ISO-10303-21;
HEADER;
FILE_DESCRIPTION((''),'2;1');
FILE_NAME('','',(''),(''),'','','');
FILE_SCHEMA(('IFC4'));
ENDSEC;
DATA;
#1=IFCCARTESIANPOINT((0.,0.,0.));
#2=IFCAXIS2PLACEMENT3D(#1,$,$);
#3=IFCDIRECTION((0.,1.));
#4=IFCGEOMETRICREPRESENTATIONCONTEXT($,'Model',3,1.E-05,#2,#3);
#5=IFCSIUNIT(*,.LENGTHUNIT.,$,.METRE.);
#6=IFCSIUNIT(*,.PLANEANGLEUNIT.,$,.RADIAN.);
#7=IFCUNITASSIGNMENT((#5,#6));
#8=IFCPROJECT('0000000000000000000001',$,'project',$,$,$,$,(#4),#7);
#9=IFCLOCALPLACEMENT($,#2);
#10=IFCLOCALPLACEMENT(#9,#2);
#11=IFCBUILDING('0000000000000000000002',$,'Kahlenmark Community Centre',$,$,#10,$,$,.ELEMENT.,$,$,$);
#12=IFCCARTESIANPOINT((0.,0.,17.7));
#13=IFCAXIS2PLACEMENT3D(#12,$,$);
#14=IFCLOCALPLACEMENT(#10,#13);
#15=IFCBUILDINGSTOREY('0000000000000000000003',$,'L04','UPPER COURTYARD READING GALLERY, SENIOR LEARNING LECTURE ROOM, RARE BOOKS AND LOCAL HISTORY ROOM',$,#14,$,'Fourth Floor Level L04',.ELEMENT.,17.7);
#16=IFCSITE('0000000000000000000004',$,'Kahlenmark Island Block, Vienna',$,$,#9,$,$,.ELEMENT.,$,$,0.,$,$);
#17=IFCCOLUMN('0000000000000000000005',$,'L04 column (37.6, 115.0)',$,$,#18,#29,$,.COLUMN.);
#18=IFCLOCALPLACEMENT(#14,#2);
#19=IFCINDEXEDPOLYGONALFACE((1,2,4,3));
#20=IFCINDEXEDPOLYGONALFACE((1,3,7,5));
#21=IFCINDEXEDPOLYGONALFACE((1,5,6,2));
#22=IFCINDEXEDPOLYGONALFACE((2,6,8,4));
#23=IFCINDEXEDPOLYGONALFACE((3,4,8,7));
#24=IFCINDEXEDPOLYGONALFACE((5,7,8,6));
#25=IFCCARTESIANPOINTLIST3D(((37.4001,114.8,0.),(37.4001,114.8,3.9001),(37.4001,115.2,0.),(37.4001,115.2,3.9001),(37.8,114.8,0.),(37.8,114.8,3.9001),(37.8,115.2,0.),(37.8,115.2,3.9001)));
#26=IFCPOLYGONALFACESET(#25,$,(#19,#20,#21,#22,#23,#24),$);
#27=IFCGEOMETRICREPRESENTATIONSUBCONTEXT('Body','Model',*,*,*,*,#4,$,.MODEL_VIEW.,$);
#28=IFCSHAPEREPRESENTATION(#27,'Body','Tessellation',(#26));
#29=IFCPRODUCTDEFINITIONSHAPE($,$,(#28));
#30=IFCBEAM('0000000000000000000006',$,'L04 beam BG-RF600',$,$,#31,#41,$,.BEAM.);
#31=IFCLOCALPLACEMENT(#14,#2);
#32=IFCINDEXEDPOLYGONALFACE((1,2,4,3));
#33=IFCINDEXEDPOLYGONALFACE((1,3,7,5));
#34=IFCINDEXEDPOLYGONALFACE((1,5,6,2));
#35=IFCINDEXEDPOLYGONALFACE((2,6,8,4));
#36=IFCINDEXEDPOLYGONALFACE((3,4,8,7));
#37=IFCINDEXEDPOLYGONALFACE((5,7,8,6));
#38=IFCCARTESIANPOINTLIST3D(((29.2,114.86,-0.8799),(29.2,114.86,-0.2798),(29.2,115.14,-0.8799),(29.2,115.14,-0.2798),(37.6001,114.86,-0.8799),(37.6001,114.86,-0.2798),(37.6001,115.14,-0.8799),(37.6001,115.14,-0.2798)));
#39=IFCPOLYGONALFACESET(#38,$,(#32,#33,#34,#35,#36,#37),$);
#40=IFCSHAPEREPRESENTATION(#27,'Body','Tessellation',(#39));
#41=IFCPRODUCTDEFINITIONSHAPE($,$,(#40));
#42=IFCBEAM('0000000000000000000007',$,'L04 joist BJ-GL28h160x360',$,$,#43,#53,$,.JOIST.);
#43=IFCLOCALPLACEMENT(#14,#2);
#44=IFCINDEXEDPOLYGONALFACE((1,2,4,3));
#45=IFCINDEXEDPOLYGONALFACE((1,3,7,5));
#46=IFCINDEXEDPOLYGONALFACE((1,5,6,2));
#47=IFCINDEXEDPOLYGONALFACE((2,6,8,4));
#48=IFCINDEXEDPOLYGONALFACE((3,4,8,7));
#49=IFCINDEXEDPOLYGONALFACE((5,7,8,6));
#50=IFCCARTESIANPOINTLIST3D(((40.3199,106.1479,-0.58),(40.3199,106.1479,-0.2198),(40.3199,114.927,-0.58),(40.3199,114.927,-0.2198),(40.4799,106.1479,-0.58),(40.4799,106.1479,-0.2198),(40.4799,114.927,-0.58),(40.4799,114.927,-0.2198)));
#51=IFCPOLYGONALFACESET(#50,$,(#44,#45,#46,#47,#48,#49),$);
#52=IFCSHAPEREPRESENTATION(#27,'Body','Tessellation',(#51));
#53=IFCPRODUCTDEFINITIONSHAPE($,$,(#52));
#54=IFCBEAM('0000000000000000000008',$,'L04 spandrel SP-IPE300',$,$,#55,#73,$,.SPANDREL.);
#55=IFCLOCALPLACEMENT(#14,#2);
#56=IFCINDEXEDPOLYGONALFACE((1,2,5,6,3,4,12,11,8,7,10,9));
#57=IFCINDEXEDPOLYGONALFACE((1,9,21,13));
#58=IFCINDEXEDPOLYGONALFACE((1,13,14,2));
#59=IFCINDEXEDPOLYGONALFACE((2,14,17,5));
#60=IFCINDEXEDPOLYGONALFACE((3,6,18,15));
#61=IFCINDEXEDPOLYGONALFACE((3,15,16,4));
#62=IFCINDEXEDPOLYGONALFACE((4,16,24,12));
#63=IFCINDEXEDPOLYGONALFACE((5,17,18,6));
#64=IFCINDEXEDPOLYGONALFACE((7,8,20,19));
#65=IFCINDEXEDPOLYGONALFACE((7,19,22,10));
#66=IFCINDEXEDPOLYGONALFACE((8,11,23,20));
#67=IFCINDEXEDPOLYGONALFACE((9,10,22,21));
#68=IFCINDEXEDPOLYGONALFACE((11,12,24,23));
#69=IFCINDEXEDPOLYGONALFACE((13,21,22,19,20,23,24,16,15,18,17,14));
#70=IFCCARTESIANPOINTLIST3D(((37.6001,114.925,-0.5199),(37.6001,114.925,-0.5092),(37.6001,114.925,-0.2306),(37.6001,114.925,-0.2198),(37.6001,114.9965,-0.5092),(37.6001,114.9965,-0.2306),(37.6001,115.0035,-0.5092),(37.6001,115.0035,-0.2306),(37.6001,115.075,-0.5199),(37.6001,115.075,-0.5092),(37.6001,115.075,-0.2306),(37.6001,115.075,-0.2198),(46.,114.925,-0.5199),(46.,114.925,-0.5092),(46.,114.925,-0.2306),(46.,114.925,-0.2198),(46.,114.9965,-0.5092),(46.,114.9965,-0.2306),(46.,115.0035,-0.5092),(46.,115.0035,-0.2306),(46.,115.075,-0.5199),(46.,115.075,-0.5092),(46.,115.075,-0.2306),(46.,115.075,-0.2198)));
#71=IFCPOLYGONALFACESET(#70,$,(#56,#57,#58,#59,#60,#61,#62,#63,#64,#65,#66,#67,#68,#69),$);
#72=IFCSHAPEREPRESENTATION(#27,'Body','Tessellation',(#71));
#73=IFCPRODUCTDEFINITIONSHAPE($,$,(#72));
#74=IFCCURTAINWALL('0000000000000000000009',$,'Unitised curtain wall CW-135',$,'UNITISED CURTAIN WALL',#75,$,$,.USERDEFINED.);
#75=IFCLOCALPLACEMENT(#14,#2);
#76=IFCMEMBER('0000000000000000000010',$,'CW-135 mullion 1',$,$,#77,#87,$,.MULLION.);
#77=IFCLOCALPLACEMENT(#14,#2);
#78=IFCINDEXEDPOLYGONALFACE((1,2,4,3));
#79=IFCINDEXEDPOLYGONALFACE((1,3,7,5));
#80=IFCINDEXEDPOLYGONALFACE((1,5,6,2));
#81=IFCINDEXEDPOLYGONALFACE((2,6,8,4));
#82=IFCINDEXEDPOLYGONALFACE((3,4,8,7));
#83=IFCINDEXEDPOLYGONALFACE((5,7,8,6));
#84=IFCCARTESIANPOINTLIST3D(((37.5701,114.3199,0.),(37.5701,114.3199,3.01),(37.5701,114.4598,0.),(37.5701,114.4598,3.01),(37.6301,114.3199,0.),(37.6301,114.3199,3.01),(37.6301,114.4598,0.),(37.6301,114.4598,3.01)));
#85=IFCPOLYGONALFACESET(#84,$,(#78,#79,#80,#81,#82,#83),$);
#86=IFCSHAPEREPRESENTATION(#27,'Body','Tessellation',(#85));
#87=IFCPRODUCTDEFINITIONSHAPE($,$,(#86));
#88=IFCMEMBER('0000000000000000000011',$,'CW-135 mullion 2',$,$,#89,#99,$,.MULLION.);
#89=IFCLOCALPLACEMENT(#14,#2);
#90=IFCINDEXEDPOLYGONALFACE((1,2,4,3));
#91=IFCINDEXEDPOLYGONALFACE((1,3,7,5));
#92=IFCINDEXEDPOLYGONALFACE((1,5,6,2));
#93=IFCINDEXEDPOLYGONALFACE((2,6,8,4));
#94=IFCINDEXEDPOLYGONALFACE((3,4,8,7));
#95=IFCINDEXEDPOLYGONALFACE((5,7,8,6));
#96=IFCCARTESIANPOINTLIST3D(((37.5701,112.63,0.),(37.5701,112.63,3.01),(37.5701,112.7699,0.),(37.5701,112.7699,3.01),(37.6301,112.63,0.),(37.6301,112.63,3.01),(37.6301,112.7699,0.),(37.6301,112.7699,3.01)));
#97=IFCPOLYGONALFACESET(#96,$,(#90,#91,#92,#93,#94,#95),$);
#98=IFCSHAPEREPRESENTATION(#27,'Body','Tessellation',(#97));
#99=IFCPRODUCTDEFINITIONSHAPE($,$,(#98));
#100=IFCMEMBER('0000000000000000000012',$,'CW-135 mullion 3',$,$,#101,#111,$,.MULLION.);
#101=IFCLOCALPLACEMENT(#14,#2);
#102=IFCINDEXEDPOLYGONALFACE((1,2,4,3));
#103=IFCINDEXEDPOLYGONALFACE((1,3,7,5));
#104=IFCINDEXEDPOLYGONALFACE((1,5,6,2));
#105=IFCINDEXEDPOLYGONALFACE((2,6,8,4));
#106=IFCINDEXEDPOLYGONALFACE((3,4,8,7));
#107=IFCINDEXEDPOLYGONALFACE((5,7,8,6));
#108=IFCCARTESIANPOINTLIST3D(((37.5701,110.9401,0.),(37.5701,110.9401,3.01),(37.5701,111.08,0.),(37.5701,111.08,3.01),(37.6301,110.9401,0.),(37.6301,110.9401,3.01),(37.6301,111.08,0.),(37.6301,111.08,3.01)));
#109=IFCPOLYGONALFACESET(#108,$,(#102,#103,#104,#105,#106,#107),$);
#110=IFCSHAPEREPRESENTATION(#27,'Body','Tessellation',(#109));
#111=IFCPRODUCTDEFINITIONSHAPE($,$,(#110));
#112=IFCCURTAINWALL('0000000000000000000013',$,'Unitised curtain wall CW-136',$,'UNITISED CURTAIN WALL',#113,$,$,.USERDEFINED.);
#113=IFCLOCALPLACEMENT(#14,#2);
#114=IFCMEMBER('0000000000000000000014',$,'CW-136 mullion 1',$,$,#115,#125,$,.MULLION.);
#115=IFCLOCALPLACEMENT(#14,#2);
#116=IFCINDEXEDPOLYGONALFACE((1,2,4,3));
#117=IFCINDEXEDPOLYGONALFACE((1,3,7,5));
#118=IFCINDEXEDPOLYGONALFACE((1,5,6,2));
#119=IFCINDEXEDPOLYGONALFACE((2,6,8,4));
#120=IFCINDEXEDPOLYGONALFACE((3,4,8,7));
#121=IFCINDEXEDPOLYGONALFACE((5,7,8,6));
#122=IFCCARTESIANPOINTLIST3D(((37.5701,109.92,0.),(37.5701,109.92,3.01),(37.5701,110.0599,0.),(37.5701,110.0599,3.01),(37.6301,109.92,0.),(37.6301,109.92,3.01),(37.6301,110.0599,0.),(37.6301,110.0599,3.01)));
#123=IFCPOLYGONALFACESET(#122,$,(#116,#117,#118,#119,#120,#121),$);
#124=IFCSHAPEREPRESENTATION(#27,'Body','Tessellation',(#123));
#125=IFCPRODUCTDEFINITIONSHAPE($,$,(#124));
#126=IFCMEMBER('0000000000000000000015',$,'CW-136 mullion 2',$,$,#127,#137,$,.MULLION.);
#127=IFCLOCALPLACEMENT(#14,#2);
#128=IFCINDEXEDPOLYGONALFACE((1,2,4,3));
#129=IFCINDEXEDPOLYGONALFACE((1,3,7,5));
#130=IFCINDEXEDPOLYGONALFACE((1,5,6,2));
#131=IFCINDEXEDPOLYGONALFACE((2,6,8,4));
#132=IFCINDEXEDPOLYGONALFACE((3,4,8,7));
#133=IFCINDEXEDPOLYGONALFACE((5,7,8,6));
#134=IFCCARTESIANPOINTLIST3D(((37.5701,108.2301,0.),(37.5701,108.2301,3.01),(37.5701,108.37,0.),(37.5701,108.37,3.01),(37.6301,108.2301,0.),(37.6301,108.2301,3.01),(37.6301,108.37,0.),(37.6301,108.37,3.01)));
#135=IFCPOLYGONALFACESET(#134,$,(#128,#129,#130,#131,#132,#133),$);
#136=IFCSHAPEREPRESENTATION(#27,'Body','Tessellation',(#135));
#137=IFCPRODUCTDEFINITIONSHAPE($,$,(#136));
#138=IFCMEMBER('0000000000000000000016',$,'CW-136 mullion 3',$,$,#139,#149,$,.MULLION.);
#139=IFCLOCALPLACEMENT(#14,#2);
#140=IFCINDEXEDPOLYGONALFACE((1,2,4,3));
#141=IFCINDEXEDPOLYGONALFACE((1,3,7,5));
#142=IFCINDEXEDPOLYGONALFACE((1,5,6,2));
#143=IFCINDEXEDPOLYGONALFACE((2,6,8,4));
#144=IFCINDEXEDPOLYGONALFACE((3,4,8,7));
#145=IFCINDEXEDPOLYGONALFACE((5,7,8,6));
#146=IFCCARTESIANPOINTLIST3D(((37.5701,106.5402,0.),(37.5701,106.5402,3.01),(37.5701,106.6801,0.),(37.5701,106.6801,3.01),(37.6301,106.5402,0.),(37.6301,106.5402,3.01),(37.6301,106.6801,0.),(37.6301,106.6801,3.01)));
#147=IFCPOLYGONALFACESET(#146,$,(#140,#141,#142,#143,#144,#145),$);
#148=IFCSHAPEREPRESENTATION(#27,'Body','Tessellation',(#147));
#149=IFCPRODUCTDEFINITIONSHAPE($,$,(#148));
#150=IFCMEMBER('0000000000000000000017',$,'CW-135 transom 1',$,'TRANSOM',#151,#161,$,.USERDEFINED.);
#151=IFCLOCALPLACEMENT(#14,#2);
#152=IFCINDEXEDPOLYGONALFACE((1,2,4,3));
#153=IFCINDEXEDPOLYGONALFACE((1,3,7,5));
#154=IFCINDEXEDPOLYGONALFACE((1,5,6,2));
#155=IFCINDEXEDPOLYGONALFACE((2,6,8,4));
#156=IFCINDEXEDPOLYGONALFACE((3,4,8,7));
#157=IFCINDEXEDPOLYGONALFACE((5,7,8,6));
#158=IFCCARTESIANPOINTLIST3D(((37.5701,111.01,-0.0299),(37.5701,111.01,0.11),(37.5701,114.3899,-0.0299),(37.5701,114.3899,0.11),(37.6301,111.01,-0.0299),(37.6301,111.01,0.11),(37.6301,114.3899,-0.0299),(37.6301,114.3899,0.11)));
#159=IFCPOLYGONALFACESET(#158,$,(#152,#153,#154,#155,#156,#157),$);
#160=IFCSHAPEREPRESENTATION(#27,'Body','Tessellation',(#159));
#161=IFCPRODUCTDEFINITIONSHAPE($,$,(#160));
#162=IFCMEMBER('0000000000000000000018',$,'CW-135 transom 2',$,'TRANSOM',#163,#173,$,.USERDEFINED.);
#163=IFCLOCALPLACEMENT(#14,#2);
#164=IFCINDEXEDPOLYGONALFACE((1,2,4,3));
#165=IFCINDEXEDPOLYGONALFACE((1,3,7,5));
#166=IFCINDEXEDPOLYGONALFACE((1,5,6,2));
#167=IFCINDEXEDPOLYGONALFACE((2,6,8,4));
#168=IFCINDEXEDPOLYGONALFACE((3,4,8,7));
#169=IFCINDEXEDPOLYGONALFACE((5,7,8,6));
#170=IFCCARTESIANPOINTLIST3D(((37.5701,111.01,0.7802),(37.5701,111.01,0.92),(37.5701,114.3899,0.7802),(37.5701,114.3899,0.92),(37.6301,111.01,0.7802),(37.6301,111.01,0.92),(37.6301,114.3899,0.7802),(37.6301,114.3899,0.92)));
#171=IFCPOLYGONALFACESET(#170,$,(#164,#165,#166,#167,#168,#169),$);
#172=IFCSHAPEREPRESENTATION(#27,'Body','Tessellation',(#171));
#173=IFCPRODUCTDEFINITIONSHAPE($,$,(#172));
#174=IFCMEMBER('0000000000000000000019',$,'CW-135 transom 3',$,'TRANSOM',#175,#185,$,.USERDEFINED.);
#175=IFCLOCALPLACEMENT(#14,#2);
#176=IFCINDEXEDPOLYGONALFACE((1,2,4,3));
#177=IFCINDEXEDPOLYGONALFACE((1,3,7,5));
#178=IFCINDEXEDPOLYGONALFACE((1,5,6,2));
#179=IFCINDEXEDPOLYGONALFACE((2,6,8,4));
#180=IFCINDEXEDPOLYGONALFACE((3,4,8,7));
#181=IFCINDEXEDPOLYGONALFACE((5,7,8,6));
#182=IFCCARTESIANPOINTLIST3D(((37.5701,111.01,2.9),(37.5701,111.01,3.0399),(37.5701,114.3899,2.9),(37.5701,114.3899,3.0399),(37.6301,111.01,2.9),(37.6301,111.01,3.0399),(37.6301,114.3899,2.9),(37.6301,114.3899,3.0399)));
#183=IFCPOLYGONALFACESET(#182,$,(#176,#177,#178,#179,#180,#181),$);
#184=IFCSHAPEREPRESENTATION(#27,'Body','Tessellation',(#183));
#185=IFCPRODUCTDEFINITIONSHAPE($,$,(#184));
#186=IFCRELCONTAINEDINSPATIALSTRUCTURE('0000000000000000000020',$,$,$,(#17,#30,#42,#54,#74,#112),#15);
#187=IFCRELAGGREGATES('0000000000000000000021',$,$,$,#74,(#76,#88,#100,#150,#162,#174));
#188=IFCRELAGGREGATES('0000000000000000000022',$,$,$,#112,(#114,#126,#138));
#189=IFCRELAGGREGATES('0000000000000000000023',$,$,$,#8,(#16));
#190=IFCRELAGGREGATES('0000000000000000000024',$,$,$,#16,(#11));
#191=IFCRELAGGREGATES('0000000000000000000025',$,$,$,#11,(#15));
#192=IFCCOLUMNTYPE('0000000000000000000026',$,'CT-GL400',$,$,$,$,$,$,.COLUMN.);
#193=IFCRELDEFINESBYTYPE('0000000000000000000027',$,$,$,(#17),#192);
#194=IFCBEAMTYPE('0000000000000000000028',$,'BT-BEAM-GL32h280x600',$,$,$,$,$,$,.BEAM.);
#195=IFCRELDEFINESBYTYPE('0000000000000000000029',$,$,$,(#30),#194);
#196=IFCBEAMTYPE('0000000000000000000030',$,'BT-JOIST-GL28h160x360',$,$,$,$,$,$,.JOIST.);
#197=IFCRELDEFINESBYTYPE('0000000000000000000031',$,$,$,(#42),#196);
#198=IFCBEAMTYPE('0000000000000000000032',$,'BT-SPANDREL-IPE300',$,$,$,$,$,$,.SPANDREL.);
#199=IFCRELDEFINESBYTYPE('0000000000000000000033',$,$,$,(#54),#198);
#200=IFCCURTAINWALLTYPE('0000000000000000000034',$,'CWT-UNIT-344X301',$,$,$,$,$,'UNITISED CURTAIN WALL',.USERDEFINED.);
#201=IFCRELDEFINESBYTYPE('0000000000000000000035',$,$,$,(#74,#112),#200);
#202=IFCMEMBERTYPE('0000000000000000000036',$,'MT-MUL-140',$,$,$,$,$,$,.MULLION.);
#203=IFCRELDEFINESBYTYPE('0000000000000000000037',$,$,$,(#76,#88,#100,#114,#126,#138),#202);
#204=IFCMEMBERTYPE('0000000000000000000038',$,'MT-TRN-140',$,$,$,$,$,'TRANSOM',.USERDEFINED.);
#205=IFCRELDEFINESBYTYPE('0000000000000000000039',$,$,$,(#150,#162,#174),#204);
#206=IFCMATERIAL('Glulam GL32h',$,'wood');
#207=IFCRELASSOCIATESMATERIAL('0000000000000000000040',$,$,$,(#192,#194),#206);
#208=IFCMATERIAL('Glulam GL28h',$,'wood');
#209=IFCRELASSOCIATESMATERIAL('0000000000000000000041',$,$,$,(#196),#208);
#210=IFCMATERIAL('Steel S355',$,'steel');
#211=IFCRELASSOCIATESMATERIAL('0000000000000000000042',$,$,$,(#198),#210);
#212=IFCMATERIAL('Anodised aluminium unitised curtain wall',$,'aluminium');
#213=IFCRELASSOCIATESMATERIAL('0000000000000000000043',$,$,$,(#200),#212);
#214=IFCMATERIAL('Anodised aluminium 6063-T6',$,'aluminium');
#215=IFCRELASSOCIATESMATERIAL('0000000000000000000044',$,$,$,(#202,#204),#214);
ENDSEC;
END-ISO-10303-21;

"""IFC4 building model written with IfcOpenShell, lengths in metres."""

from ifc_helpers import new_model, si_unit, direction, frame, origin, origin_2d, place, context, subcontext, project, spatial, rectangle, i_section, extrude, material, material_profile, profile_set, type_object, element, aggregate, save


model = new_model("IFC4")

# Units and contexts
model_context = context("Model", 3, precision=1e-05, world=origin(), true_north=direction((0.0, 1.0)))
body_context = subcontext(model_context, "Body", "Model", "MODEL_VIEW")
ifc_project = project(units=[si_unit("LENGTHUNIT", "METRE"), si_unit("PLANEANGLEUNIT", "RADIAN")], contexts=[model_context])

# Site, building, storey
site_placement = place(None, origin())
site = spatial("IfcSite", under=ifc_project, at=site_placement, Name="Kahlenmark Island Block, Vienna", CompositionType="ELEMENT", RefElevation=0.0)
building_placement = place(site_placement, origin())
building = spatial("IfcBuilding", under=site, at=building_placement, Name="Kahlenmark Community Centre", CompositionType="ELEMENT")
storey_placement = place(building_placement, frame((0.0, 0.0, 17.7)))
storey = spatial("IfcBuildingStorey", under=building, at=storey_placement, Name="L04", Description="UPPER COURTYARD READING GALLERY, SENIOR LEARNING LECTURE ROOM, RARE BOOKS AND LOCAL HISTORY ROOM", LongName="Fourth Floor Level L04", CompositionType="ELEMENT", Elevation=17.7)

# Column
ifc_material_1 = material(Name="Glulam GL32h", Category="wood")
ifc_material_profile_1 = material_profile(ifc_material_1, rectangle(XDim=0.3999, YDim=0.3999, at=origin_2d()), Name="GL32h 400x400")
ifc_profile_set_1 = profile_set([ifc_material_profile_1], Name="Glulam GL32h")
column_type = type_object("IfcColumnType", Name="CT-GL400", PredefinedType="COLUMN", material=ifc_profile_set_1)
column_placement = place(storey_placement, frame((37.6001, 115.0, 0.0), z_axis=(0.0, 0.0, 1.0), x_axis=(1.0, 0.0, 0.0)))
element("IfcColumn", 1, at=column_placement, inside=storey, type_object=column_type, Name="L04 column (37.6, 115.0)", PredefinedType="COLUMN", context=body_context, shape_type="SweptSolid", body=[
    extrude(rectangle(XDim=0.3999, YDim=0.3999, at=origin_2d()), origin(), (0.0, 0.0, 1.0), 3.9001),
])

# Beams
ifc_material_profile_2 = material_profile(ifc_material_1, rectangle(XDim=0.28, YDim=0.6001, at=origin_2d()), Name="GL32h 280x600")
ifc_profile_set_2 = profile_set([ifc_material_profile_2], Name="Glulam GL32h")
beam_type_1 = type_object("IfcBeamType", Name="BT-BEAM-GL32h280x600", PredefinedType="BEAM", material=ifc_profile_set_2)
beam_1_placement = place(storey_placement, frame((29.2, 115.0, -0.5798), z_axis=(1.0, 0.0, 0.0), x_axis=(0.0, 1.0, 0.0)))
element("IfcBeam", 2, at=beam_1_placement, inside=storey, type_object=beam_type_1, Name="L04 beam BG-RF600", PredefinedType="BEAM", context=body_context, shape_type="SweptSolid", body=[
    extrude(rectangle(XDim=0.28, YDim=0.6001, at=origin_2d()), origin(), (0.0, 0.0, 1.0), 8.4001),
])
ifc_material_2 = material(Name="Glulam GL28h", Category="wood")
ifc_material_profile_3 = material_profile(ifc_material_2, rectangle(XDim=0.1599, YDim=0.3601, at=origin_2d()), Name="GL28h 160x360")
ifc_profile_set_3 = profile_set([ifc_material_profile_3], Name="Glulam GL28h")
beam_type_2 = type_object("IfcBeamType", Name="BT-JOIST-GL28h160x360", PredefinedType="JOIST", material=ifc_profile_set_3)
beam_2_placement = place(storey_placement, frame((40.3999, 106.1479, -0.3999), z_axis=(0.0, 1.0, 0.0), x_axis=(-1.0, 0.0, 0.0)))
element("IfcBeam", 3, at=beam_2_placement, inside=storey, type_object=beam_type_2, Name="L04 joist BJ-GL28h160x360", PredefinedType="JOIST", context=body_context, shape_type="SweptSolid", body=[
    extrude(rectangle(XDim=0.1599, YDim=0.3601, at=origin_2d()), origin(), (0.0, 0.0, 1.0), 8.7791),
])
ifc_material_3 = material(Name="Steel S355", Category="steel")
ifc_material_profile_4 = material_profile(ifc_material_3, i_section(OverallWidth=0.1499, OverallDepth=0.3, WebThickness=0.0071, FlangeThickness=0.0107, at=origin_2d()), Name="IPE 300")
ifc_profile_set_4 = profile_set([ifc_material_profile_4], Name="Steel S355")
beam_type_3 = type_object("IfcBeamType", Name="BT-SPANDREL-IPE300", PredefinedType="SPANDREL", material=ifc_profile_set_4)
beam_3_placement = place(storey_placement, frame((37.6001, 115.0, -0.3699), z_axis=(1.0, 0.0, 0.0), x_axis=(0.0, 1.0, 0.0)))
element("IfcBeam", 4, at=beam_3_placement, inside=storey, type_object=beam_type_3, Name="L04 spandrel SP-IPE300", PredefinedType="SPANDREL", context=body_context, shape_type="SweptSolid", body=[
    extrude(i_section(OverallWidth=0.1499, OverallDepth=0.3, WebThickness=0.0071, FlangeThickness=0.0107, at=origin_2d()), origin(), (0.0, 0.0, 1.0), 8.3999),
])

# Curtain walls, members
ifc_material_4 = material(Name="Anodised aluminium unitised curtain wall", Category="aluminium")
curtain_wall_type = type_object("IfcCurtainWallType", Name="CWT-UNIT-344X301", ElementType="UNITISED CURTAIN WALL", PredefinedType="USERDEFINED", material=ifc_material_4)
curtain_wall_1_placement = place(storey_placement, origin())
curtain_wall_1 = element("IfcCurtainWall", 5, at=curtain_wall_1_placement, inside=storey, type_object=curtain_wall_type, Name="Unitised curtain wall CW-135", ObjectType="UNITISED CURTAIN WALL", PredefinedType="USERDEFINED")
ifc_material_5 = material(Name="Anodised aluminium 6063-T6", Category="aluminium")
ifc_material_profile_5 = material_profile(ifc_material_5, rectangle(XDim=0.0601, YDim=0.1399, at=origin_2d()), Name="ALU MULLION 60x140")
ifc_profile_set_5 = profile_set([ifc_material_profile_5], Name="Anodised aluminium 6063-T6")
member_type_1 = type_object("IfcMemberType", Name="MT-MUL-140", PredefinedType="MULLION", material=ifc_profile_set_5)
member_1_placement = place(storey_placement, frame((37.6001, 114.3899, 0.0), z_axis=(0.0, 0.0, 1.0), x_axis=(1.0, 0.0, 0.0)))
member_1 = element("IfcMember", 6, at=member_1_placement, type_object=member_type_1, Name="CW-135 mullion 1", PredefinedType="MULLION", context=body_context, shape_type="SweptSolid", body=[
    extrude(rectangle(XDim=0.0601, YDim=0.1399, at=origin_2d()), origin(), (0.0, 0.0, 1.0), 3.01),
])
member_2_placement = place(storey_placement, frame((37.6001, 112.7, 0.0), z_axis=(0.0, 0.0, 1.0), x_axis=(1.0, 0.0, 0.0)))
member_2 = element("IfcMember", 7, at=member_2_placement, type_object=member_type_1, Name="CW-135 mullion 2", PredefinedType="MULLION", context=body_context, shape_type="SweptSolid", body=[
    extrude(rectangle(XDim=0.0601, YDim=0.1399, at=origin_2d()), origin(), (0.0, 0.0, 1.0), 3.01),
])
member_3_placement = place(storey_placement, frame((37.6001, 111.01, 0.0), z_axis=(0.0, 0.0, 1.0), x_axis=(1.0, 0.0, 0.0)))
member_3 = element("IfcMember", 8, at=member_3_placement, type_object=member_type_1, Name="CW-135 mullion 3", PredefinedType="MULLION", context=body_context, shape_type="SweptSolid", body=[
    extrude(rectangle(XDim=0.0601, YDim=0.1399, at=origin_2d()), origin(), (0.0, 0.0, 1.0), 3.01),
])
curtain_wall_2_placement = place(storey_placement, origin())
curtain_wall_2 = element("IfcCurtainWall", 9, at=curtain_wall_2_placement, inside=storey, type_object=curtain_wall_type, Name="Unitised curtain wall CW-136", ObjectType="UNITISED CURTAIN WALL", PredefinedType="USERDEFINED")
member_4_placement = place(storey_placement, frame((37.6001, 109.99, 0.0), z_axis=(0.0, 0.0, 1.0), x_axis=(1.0, 0.0, 0.0)))
member_4 = element("IfcMember", 10, at=member_4_placement, type_object=member_type_1, Name="CW-136 mullion 1", PredefinedType="MULLION", context=body_context, shape_type="SweptSolid", body=[
    extrude(rectangle(XDim=0.0601, YDim=0.1399, at=origin_2d()), origin(), (0.0, 0.0, 1.0), 3.01),
])
member_5_placement = place(storey_placement, frame((37.6001, 108.3, 0.0), z_axis=(0.0, 0.0, 1.0), x_axis=(1.0, 0.0, 0.0)))
member_5 = element("IfcMember", 11, at=member_5_placement, type_object=member_type_1, Name="CW-136 mullion 2", PredefinedType="MULLION", context=body_context, shape_type="SweptSolid", body=[
    extrude(rectangle(XDim=0.0601, YDim=0.1399, at=origin_2d()), origin(), (0.0, 0.0, 1.0), 3.01),
])
member_6_placement = place(storey_placement, frame((37.6001, 106.6101, 0.0), z_axis=(0.0, 0.0, 1.0), x_axis=(1.0, 0.0, 0.0)))
member_6 = element("IfcMember", 12, at=member_6_placement, type_object=member_type_1, Name="CW-136 mullion 3", PredefinedType="MULLION", context=body_context, shape_type="SweptSolid", body=[
    extrude(rectangle(XDim=0.0601, YDim=0.1399, at=origin_2d()), origin(), (0.0, 0.0, 1.0), 3.01),
])

# Members
ifc_material_profile_6 = material_profile(ifc_material_5, rectangle(XDim=0.0601, YDim=0.1399, at=origin_2d()), Name="ALU TRANSOM 60x140")
ifc_profile_set_6 = profile_set([ifc_material_profile_6], Name="Anodised aluminium 6063-T6")
member_type_2 = type_object("IfcMemberType", Name="MT-TRN-140", ElementType="TRANSOM", PredefinedType="USERDEFINED", material=ifc_profile_set_6)
member_7_placement = place(storey_placement, frame((37.6001, 114.3899, 0.04), z_axis=(0.0, -1.0, 0.0), x_axis=(1.0, 0.0, 0.0)))
member_7 = element("IfcMember", 13, at=member_7_placement, type_object=member_type_2, Name="CW-135 transom 1", ObjectType="TRANSOM", PredefinedType="USERDEFINED", context=body_context, shape_type="SweptSolid", body=[
    extrude(rectangle(XDim=0.0601, YDim=0.1399, at=origin_2d()), origin(), (0.0, 0.0, 1.0), 3.3799),
])
member_8_placement = place(storey_placement, frame((37.6001, 114.3899, 0.8501), z_axis=(0.0, -1.0, 0.0), x_axis=(1.0, 0.0, 0.0)))
member_8 = element("IfcMember", 14, at=member_8_placement, type_object=member_type_2, Name="CW-135 transom 2", ObjectType="TRANSOM", PredefinedType="USERDEFINED", context=body_context, shape_type="SweptSolid", body=[
    extrude(rectangle(XDim=0.0601, YDim=0.1399, at=origin_2d()), origin(), (0.0, 0.0, 1.0), 3.3799),
])
member_9_placement = place(storey_placement, frame((37.6001, 114.3899, 2.97), z_axis=(0.0, -1.0, 0.0), x_axis=(1.0, 0.0, 0.0)))
member_9 = element("IfcMember", 15, at=member_9_placement, type_object=member_type_2, Name="CW-135 transom 3", ObjectType="TRANSOM", PredefinedType="USERDEFINED", context=body_context, shape_type="SweptSolid", body=[
    extrude(rectangle(XDim=0.0601, YDim=0.1399, at=origin_2d()), origin(), (0.0, 0.0, 1.0), 3.3799),
])

aggregate(curtain_wall_1, [member_1, member_2, member_3, member_7, member_8, member_9])
aggregate(curtain_wall_2, [member_4, member_5, member_6])

save(model, "model.ifc")
